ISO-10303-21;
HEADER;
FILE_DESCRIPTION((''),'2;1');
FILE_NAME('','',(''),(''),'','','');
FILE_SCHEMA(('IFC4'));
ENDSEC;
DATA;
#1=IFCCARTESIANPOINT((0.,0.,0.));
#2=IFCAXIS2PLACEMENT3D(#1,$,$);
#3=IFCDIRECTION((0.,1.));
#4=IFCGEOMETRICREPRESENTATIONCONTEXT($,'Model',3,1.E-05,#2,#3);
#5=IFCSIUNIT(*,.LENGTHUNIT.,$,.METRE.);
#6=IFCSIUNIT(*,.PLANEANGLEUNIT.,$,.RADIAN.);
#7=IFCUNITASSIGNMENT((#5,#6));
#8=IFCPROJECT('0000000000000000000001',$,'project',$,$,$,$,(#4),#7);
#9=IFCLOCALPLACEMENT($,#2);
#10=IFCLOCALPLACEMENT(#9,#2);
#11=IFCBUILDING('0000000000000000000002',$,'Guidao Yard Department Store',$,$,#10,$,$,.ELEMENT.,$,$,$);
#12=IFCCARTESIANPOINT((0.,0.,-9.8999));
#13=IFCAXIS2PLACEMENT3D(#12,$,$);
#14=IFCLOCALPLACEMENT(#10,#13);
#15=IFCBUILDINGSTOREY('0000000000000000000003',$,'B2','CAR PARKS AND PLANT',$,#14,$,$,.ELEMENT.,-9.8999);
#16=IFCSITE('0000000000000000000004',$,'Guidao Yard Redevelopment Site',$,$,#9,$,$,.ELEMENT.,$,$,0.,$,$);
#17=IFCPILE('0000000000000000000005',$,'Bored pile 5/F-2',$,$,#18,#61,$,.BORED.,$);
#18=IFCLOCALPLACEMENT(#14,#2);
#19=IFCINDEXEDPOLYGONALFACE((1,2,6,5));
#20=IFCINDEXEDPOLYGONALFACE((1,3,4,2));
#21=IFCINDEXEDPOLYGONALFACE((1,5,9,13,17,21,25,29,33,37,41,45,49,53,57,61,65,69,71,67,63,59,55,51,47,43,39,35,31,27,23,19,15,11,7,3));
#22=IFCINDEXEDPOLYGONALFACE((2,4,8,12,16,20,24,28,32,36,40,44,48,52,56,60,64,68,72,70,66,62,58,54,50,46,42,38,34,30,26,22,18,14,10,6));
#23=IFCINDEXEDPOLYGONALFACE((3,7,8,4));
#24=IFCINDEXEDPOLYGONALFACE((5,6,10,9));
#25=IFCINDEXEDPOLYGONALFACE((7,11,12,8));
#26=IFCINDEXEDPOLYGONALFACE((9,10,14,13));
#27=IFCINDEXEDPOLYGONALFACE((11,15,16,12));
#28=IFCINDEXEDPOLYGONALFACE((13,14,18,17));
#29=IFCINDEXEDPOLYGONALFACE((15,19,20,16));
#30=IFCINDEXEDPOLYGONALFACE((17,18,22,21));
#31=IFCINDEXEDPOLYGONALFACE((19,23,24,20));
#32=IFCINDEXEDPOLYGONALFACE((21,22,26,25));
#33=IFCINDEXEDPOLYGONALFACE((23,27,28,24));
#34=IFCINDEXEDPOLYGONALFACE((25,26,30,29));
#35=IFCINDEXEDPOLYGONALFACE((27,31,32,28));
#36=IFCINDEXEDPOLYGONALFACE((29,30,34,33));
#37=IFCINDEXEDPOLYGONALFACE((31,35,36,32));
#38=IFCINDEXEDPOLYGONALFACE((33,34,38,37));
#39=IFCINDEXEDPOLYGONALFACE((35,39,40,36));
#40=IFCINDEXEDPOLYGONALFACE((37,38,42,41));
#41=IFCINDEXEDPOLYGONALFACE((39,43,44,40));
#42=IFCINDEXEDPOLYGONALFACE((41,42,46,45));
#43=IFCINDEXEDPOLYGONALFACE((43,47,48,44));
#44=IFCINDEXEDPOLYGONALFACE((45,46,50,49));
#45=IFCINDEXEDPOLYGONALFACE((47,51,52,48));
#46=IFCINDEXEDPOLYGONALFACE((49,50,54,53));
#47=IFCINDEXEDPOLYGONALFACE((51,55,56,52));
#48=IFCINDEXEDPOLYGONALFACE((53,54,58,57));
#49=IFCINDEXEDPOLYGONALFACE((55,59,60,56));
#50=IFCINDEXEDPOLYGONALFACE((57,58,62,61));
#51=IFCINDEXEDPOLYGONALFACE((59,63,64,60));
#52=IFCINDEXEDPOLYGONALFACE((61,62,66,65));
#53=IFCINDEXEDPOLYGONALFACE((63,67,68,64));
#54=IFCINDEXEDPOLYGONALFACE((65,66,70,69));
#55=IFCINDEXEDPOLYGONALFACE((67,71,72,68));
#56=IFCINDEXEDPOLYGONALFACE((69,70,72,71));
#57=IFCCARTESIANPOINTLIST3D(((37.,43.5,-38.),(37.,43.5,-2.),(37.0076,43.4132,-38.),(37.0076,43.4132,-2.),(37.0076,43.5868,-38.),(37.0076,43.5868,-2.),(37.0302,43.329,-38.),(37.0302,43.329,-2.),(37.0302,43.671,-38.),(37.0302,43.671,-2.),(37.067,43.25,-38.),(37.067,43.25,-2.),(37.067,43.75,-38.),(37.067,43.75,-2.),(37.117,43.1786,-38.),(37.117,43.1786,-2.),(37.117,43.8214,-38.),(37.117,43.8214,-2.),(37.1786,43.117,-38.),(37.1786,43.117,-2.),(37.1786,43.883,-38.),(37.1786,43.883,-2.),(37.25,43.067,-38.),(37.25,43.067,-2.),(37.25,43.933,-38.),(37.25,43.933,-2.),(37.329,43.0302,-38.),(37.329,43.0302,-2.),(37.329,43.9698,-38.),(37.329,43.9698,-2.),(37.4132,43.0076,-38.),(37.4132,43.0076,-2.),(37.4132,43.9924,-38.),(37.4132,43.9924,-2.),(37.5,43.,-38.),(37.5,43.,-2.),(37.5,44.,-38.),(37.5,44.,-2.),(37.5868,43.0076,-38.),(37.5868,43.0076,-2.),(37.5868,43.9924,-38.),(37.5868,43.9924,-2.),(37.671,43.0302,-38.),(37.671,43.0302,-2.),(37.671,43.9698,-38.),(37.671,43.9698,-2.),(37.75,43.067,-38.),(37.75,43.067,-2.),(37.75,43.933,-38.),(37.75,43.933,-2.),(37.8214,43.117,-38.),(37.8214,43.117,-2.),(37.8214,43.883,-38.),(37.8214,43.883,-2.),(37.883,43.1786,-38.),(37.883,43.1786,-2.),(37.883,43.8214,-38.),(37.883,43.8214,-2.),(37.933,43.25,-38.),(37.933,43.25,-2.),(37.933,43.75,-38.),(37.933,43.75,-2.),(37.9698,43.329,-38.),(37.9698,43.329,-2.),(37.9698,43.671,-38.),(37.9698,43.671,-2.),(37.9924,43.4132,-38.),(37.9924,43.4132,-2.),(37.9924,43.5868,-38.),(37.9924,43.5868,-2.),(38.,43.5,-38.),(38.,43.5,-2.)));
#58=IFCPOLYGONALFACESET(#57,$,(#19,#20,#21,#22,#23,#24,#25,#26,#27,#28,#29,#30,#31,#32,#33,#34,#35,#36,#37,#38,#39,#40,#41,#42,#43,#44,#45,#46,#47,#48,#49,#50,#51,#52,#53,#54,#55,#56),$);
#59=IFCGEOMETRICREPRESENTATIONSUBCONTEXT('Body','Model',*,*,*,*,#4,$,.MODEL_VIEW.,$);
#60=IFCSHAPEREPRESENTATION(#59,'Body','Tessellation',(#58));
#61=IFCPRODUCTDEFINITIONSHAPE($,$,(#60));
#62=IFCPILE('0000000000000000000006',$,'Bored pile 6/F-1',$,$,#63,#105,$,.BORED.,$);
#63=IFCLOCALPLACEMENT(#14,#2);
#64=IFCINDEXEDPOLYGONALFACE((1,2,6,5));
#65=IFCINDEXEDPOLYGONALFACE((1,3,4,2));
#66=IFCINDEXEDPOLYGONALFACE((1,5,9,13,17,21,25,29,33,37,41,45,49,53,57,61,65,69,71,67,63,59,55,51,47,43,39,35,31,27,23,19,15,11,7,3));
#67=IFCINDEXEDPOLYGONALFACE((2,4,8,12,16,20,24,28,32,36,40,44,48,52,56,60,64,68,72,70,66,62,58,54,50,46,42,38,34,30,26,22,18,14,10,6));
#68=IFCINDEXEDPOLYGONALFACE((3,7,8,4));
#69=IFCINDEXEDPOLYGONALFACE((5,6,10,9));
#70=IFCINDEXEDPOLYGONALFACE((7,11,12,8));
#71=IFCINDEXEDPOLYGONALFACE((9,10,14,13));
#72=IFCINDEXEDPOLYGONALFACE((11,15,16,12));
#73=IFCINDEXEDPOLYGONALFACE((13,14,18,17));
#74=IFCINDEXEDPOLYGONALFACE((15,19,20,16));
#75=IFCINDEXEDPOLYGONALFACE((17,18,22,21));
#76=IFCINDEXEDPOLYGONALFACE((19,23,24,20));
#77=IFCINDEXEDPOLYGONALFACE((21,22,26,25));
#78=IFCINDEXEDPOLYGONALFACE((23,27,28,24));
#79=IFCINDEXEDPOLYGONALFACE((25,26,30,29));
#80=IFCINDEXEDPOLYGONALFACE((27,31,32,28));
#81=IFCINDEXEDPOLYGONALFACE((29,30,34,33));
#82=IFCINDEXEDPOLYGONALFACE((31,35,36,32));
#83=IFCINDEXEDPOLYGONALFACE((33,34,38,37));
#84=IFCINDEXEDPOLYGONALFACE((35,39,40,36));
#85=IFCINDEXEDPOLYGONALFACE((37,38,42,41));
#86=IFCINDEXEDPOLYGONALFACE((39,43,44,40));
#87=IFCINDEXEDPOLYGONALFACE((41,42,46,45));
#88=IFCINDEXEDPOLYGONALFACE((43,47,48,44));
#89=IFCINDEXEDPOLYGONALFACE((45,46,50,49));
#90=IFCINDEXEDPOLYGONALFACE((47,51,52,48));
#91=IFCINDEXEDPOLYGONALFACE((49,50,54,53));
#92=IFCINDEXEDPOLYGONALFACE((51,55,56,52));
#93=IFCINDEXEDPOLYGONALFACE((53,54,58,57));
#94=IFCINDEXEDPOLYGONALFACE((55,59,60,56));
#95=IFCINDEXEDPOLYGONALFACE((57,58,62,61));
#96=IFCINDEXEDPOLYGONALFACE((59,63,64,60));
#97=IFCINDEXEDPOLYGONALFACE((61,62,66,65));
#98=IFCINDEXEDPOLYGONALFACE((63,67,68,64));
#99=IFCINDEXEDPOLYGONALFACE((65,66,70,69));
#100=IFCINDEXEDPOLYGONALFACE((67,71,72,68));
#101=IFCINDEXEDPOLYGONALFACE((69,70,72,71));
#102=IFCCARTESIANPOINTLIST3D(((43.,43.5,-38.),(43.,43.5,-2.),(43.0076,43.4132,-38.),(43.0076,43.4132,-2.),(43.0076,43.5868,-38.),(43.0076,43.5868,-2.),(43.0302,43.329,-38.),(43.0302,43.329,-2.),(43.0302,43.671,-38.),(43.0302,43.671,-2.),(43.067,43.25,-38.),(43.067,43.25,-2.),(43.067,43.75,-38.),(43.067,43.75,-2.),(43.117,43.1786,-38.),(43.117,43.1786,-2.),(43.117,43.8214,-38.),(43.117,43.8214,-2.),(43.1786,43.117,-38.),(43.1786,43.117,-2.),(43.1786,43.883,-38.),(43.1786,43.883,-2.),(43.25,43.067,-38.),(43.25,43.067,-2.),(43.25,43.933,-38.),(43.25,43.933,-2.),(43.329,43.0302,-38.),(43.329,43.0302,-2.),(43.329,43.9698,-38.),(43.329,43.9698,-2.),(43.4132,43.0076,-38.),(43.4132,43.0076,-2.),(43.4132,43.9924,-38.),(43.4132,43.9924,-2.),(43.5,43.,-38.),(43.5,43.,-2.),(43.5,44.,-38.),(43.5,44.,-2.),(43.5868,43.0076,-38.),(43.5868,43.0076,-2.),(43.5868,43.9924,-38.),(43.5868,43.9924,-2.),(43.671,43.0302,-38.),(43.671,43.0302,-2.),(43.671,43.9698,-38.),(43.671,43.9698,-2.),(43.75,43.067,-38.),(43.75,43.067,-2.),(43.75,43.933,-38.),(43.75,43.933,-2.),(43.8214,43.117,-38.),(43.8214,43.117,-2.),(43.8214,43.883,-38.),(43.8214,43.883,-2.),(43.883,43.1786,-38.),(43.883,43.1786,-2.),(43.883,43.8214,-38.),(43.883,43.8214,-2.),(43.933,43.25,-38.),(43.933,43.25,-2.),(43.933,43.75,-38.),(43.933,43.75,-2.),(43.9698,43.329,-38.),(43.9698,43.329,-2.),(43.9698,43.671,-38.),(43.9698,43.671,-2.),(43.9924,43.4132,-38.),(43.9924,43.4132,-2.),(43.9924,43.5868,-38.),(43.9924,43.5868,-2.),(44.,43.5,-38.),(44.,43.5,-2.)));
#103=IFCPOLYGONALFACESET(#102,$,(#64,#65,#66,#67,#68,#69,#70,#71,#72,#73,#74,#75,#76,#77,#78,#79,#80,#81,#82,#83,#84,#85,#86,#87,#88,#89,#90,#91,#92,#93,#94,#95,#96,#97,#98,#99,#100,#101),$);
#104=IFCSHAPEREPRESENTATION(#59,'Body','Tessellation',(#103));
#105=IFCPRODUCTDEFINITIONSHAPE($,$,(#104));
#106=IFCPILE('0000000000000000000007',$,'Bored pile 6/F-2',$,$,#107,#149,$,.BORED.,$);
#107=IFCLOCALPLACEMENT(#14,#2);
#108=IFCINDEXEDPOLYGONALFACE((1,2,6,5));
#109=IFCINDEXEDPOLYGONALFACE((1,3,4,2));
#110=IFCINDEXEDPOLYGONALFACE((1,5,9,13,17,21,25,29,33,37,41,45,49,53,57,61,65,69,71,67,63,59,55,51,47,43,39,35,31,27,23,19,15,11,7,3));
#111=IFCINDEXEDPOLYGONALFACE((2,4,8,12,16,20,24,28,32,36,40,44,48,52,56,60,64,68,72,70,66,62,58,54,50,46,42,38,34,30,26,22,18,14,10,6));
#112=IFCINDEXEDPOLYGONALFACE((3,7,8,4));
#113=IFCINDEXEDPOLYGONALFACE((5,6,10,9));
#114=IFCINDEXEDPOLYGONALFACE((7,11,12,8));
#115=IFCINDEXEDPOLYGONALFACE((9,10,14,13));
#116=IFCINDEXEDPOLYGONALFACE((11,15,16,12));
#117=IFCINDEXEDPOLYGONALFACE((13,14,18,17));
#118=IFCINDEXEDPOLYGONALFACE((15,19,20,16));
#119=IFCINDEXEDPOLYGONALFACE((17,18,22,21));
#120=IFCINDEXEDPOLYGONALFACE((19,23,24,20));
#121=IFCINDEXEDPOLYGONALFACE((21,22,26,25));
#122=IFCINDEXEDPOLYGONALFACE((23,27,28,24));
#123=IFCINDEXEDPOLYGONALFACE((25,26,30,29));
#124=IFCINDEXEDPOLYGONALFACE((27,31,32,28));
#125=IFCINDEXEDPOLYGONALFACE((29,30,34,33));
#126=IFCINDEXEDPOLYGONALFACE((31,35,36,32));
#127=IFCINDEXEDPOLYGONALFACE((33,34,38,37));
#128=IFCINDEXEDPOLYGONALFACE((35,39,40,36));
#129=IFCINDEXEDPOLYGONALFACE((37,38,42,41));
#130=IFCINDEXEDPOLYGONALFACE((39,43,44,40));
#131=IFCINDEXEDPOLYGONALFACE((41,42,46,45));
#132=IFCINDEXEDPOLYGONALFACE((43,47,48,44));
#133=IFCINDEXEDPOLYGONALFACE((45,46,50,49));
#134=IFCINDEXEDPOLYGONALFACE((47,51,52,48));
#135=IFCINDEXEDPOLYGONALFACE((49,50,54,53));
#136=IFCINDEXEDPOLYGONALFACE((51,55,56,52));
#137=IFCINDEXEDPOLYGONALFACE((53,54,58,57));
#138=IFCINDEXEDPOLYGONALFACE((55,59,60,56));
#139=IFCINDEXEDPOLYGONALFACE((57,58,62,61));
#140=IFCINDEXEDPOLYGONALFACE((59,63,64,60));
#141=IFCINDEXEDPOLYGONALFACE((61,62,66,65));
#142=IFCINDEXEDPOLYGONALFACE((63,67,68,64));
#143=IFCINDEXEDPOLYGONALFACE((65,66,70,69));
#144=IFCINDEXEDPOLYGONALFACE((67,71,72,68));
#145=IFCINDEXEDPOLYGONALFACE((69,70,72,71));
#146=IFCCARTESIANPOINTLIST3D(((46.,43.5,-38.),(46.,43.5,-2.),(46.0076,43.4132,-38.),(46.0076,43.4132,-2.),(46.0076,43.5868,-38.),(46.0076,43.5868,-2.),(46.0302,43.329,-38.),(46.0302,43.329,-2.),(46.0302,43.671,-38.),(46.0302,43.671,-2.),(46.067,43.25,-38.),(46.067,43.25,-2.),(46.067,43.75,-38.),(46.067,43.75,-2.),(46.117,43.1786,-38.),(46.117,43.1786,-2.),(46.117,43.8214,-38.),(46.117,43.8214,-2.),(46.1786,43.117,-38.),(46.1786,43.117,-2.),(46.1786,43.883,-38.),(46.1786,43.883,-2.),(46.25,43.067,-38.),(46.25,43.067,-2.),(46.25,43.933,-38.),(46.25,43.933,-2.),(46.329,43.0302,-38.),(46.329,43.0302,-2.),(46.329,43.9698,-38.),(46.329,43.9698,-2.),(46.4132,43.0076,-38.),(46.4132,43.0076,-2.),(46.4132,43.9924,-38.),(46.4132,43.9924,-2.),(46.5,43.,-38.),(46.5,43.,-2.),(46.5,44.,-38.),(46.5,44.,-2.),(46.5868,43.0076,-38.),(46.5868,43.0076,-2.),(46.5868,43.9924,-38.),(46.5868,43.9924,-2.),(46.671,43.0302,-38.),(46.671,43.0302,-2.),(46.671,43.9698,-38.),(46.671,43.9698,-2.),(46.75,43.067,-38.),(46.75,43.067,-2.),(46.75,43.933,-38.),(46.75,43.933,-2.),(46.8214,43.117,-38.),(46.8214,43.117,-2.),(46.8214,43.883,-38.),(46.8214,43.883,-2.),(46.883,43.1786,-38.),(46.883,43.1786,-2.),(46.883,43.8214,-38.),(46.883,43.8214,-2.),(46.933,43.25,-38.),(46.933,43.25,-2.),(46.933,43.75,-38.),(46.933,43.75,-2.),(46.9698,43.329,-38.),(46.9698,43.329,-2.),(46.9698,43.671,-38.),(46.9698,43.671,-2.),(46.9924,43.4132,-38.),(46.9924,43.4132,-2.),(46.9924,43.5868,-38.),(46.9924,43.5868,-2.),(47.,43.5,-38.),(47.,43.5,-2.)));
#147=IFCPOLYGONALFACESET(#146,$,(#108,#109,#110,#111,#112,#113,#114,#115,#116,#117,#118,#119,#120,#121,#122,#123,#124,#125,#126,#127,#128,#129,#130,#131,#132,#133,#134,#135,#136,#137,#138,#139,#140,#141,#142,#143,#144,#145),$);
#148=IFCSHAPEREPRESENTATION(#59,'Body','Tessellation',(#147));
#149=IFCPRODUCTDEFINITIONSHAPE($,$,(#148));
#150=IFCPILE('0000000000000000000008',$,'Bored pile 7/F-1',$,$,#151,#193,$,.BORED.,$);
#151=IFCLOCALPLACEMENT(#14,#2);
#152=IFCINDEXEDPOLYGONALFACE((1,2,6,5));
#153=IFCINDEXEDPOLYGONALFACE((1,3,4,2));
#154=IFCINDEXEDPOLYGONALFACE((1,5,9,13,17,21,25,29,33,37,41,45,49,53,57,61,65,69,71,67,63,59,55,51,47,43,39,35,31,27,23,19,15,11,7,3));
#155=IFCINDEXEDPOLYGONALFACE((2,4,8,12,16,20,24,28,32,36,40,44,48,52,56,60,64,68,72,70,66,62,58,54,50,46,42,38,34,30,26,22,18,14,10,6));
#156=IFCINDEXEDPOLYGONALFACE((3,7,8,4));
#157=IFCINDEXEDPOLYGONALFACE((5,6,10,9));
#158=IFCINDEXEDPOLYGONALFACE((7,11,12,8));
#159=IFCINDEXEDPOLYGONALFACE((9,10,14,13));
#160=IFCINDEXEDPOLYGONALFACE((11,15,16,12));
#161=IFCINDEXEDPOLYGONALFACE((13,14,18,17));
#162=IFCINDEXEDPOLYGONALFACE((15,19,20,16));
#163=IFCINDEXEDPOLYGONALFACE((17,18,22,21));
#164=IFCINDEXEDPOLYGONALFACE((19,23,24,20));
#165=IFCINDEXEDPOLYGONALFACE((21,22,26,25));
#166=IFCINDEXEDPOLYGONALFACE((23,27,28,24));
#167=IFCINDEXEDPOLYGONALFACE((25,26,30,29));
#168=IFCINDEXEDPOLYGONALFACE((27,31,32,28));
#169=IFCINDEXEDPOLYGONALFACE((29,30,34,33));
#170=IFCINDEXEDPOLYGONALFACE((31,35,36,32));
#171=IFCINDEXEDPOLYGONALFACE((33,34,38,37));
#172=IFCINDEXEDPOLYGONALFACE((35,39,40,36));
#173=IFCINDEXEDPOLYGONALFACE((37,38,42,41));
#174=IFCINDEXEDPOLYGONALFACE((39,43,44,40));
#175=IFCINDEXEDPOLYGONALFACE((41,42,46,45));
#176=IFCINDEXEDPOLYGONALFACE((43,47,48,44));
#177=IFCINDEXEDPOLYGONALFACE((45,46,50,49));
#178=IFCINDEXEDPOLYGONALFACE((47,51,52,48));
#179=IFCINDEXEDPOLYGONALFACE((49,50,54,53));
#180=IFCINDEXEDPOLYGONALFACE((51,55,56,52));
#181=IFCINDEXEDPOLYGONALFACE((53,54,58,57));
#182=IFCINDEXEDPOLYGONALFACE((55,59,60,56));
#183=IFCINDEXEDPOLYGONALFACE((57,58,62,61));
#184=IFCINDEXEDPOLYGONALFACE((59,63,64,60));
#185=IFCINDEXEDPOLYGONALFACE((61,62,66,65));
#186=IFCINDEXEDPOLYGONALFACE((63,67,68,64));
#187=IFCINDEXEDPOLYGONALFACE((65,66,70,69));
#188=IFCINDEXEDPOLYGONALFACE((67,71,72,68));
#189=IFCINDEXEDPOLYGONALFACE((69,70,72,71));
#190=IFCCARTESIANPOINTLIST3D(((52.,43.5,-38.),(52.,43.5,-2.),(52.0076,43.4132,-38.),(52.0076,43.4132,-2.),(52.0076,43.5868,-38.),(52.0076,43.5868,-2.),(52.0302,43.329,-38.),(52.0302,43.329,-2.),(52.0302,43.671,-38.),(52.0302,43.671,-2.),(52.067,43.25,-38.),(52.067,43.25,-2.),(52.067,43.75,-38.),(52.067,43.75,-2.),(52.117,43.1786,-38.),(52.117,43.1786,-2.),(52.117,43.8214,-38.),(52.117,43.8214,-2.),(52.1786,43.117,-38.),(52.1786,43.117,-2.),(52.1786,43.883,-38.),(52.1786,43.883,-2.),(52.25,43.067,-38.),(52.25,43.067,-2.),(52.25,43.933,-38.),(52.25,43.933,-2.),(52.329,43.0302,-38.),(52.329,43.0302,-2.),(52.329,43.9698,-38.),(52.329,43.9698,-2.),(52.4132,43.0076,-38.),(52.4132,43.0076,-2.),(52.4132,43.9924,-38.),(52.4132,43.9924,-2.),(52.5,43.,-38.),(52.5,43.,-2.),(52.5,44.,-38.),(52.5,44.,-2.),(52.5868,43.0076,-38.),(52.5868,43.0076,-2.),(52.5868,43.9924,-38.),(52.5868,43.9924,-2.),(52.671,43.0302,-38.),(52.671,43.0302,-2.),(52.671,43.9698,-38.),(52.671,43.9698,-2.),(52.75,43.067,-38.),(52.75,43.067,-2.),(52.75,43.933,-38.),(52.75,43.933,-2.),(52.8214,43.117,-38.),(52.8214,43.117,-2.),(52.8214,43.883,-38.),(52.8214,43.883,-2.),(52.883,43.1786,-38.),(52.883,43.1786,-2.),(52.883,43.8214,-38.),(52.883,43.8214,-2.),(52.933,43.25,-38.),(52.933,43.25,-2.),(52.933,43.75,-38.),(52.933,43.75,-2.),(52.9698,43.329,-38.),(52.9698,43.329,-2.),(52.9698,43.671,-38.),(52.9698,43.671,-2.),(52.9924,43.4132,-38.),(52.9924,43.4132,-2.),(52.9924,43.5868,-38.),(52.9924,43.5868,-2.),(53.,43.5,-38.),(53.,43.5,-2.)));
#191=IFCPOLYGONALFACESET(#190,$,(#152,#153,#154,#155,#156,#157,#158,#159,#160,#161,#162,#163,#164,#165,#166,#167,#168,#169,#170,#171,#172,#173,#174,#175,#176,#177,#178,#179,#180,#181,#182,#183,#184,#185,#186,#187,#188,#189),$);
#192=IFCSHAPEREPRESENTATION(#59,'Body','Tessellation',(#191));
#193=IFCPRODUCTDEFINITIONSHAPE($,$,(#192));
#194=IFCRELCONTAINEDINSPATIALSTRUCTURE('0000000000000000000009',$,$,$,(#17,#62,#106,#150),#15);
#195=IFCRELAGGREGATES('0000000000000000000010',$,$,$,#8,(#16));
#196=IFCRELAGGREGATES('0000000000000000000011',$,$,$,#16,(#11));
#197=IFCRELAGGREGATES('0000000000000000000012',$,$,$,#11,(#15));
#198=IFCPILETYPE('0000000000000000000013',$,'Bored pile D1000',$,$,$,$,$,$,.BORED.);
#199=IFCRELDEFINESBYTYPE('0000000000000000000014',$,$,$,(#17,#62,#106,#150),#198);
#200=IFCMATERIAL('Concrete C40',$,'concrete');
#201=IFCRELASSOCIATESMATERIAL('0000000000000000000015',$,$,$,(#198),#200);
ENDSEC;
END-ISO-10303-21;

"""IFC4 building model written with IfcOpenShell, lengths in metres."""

from ifc_helpers import new_model, si_unit, direction, frame, origin, origin_2d, place, context, subcontext, project, spatial, circle, extrude, material, material_profile, profile_set, type_object, element, save


model = new_model("IFC4")

# Units and contexts
model_context = context("Model", 3, precision=1e-05, world=origin(), true_north=direction((0.0, 1.0)))
body_context = subcontext(model_context, "Body", "Model", "MODEL_VIEW")
ifc_project = project(units=[si_unit("LENGTHUNIT", "METRE"), si_unit("PLANEANGLEUNIT", "RADIAN")], contexts=[model_context])

# Site, building, storey
site_placement = place(None, origin())
site = spatial("IfcSite", under=ifc_project, at=site_placement, Name="Guidao Yard Redevelopment Site", CompositionType="ELEMENT", RefElevation=0.0)
building_placement = place(site_placement, origin())
building = spatial("IfcBuilding", under=site, at=building_placement, Name="Guidao Yard Department Store", CompositionType="ELEMENT")
storey_placement = place(building_placement, frame((0.0, 0.0, -9.8999)))
storey = spatial("IfcBuildingStorey", under=building, at=storey_placement, Name="B2", Description="CAR PARKS AND PLANT", CompositionType="ELEMENT", Elevation=-9.8999)

# Piles
ifc_material_1 = material(Name="Concrete C40", Category="concrete")
ifc_material_profile = material_profile(ifc_material_1, circle(Radius=0.5, at=origin_2d()), Name="Bored pile D1000")
ifc_profile_set = profile_set([ifc_material_profile], Name="Concrete C40")
pile_type = type_object("IfcPileType", Name="Bored pile D1000", PredefinedType="BORED", material=ifc_profile_set)
for number, where, z_axis, x_axis, name in (
    (1, (37.5, 43.5, -2.0), (0.0, 0.0, -1.0), (1.0, 0.0, 0.0), "Bored pile 5/F-2"),
    (2, (43.5, 43.5, -2.0), (0.0, 0.0, -1.0), (1.0, 0.0, 0.0), "Bored pile 6/F-1"),
    (3, (46.5, 43.5, -2.0), (0.0, 0.0, -1.0), (1.0, 0.0, 0.0), "Bored pile 6/F-2"),
    (4, (52.5, 43.5, -2.0), (0.0, 0.0, -1.0), (1.0, 0.0, 0.0), "Bored pile 7/F-1"),
):
    element("IfcPile", number, at=place(storey_placement, frame(where, z_axis=z_axis, x_axis=x_axis)), inside=storey, type_object=pile_type, Name=name, PredefinedType="BORED", context=body_context, shape_type="SweptSolid", body=[
        extrude(circle(Radius=0.5, at=origin_2d()), origin(), (0.0, 0.0, 1.0), 36.0),
    ])

save(model, "model.ifc")
